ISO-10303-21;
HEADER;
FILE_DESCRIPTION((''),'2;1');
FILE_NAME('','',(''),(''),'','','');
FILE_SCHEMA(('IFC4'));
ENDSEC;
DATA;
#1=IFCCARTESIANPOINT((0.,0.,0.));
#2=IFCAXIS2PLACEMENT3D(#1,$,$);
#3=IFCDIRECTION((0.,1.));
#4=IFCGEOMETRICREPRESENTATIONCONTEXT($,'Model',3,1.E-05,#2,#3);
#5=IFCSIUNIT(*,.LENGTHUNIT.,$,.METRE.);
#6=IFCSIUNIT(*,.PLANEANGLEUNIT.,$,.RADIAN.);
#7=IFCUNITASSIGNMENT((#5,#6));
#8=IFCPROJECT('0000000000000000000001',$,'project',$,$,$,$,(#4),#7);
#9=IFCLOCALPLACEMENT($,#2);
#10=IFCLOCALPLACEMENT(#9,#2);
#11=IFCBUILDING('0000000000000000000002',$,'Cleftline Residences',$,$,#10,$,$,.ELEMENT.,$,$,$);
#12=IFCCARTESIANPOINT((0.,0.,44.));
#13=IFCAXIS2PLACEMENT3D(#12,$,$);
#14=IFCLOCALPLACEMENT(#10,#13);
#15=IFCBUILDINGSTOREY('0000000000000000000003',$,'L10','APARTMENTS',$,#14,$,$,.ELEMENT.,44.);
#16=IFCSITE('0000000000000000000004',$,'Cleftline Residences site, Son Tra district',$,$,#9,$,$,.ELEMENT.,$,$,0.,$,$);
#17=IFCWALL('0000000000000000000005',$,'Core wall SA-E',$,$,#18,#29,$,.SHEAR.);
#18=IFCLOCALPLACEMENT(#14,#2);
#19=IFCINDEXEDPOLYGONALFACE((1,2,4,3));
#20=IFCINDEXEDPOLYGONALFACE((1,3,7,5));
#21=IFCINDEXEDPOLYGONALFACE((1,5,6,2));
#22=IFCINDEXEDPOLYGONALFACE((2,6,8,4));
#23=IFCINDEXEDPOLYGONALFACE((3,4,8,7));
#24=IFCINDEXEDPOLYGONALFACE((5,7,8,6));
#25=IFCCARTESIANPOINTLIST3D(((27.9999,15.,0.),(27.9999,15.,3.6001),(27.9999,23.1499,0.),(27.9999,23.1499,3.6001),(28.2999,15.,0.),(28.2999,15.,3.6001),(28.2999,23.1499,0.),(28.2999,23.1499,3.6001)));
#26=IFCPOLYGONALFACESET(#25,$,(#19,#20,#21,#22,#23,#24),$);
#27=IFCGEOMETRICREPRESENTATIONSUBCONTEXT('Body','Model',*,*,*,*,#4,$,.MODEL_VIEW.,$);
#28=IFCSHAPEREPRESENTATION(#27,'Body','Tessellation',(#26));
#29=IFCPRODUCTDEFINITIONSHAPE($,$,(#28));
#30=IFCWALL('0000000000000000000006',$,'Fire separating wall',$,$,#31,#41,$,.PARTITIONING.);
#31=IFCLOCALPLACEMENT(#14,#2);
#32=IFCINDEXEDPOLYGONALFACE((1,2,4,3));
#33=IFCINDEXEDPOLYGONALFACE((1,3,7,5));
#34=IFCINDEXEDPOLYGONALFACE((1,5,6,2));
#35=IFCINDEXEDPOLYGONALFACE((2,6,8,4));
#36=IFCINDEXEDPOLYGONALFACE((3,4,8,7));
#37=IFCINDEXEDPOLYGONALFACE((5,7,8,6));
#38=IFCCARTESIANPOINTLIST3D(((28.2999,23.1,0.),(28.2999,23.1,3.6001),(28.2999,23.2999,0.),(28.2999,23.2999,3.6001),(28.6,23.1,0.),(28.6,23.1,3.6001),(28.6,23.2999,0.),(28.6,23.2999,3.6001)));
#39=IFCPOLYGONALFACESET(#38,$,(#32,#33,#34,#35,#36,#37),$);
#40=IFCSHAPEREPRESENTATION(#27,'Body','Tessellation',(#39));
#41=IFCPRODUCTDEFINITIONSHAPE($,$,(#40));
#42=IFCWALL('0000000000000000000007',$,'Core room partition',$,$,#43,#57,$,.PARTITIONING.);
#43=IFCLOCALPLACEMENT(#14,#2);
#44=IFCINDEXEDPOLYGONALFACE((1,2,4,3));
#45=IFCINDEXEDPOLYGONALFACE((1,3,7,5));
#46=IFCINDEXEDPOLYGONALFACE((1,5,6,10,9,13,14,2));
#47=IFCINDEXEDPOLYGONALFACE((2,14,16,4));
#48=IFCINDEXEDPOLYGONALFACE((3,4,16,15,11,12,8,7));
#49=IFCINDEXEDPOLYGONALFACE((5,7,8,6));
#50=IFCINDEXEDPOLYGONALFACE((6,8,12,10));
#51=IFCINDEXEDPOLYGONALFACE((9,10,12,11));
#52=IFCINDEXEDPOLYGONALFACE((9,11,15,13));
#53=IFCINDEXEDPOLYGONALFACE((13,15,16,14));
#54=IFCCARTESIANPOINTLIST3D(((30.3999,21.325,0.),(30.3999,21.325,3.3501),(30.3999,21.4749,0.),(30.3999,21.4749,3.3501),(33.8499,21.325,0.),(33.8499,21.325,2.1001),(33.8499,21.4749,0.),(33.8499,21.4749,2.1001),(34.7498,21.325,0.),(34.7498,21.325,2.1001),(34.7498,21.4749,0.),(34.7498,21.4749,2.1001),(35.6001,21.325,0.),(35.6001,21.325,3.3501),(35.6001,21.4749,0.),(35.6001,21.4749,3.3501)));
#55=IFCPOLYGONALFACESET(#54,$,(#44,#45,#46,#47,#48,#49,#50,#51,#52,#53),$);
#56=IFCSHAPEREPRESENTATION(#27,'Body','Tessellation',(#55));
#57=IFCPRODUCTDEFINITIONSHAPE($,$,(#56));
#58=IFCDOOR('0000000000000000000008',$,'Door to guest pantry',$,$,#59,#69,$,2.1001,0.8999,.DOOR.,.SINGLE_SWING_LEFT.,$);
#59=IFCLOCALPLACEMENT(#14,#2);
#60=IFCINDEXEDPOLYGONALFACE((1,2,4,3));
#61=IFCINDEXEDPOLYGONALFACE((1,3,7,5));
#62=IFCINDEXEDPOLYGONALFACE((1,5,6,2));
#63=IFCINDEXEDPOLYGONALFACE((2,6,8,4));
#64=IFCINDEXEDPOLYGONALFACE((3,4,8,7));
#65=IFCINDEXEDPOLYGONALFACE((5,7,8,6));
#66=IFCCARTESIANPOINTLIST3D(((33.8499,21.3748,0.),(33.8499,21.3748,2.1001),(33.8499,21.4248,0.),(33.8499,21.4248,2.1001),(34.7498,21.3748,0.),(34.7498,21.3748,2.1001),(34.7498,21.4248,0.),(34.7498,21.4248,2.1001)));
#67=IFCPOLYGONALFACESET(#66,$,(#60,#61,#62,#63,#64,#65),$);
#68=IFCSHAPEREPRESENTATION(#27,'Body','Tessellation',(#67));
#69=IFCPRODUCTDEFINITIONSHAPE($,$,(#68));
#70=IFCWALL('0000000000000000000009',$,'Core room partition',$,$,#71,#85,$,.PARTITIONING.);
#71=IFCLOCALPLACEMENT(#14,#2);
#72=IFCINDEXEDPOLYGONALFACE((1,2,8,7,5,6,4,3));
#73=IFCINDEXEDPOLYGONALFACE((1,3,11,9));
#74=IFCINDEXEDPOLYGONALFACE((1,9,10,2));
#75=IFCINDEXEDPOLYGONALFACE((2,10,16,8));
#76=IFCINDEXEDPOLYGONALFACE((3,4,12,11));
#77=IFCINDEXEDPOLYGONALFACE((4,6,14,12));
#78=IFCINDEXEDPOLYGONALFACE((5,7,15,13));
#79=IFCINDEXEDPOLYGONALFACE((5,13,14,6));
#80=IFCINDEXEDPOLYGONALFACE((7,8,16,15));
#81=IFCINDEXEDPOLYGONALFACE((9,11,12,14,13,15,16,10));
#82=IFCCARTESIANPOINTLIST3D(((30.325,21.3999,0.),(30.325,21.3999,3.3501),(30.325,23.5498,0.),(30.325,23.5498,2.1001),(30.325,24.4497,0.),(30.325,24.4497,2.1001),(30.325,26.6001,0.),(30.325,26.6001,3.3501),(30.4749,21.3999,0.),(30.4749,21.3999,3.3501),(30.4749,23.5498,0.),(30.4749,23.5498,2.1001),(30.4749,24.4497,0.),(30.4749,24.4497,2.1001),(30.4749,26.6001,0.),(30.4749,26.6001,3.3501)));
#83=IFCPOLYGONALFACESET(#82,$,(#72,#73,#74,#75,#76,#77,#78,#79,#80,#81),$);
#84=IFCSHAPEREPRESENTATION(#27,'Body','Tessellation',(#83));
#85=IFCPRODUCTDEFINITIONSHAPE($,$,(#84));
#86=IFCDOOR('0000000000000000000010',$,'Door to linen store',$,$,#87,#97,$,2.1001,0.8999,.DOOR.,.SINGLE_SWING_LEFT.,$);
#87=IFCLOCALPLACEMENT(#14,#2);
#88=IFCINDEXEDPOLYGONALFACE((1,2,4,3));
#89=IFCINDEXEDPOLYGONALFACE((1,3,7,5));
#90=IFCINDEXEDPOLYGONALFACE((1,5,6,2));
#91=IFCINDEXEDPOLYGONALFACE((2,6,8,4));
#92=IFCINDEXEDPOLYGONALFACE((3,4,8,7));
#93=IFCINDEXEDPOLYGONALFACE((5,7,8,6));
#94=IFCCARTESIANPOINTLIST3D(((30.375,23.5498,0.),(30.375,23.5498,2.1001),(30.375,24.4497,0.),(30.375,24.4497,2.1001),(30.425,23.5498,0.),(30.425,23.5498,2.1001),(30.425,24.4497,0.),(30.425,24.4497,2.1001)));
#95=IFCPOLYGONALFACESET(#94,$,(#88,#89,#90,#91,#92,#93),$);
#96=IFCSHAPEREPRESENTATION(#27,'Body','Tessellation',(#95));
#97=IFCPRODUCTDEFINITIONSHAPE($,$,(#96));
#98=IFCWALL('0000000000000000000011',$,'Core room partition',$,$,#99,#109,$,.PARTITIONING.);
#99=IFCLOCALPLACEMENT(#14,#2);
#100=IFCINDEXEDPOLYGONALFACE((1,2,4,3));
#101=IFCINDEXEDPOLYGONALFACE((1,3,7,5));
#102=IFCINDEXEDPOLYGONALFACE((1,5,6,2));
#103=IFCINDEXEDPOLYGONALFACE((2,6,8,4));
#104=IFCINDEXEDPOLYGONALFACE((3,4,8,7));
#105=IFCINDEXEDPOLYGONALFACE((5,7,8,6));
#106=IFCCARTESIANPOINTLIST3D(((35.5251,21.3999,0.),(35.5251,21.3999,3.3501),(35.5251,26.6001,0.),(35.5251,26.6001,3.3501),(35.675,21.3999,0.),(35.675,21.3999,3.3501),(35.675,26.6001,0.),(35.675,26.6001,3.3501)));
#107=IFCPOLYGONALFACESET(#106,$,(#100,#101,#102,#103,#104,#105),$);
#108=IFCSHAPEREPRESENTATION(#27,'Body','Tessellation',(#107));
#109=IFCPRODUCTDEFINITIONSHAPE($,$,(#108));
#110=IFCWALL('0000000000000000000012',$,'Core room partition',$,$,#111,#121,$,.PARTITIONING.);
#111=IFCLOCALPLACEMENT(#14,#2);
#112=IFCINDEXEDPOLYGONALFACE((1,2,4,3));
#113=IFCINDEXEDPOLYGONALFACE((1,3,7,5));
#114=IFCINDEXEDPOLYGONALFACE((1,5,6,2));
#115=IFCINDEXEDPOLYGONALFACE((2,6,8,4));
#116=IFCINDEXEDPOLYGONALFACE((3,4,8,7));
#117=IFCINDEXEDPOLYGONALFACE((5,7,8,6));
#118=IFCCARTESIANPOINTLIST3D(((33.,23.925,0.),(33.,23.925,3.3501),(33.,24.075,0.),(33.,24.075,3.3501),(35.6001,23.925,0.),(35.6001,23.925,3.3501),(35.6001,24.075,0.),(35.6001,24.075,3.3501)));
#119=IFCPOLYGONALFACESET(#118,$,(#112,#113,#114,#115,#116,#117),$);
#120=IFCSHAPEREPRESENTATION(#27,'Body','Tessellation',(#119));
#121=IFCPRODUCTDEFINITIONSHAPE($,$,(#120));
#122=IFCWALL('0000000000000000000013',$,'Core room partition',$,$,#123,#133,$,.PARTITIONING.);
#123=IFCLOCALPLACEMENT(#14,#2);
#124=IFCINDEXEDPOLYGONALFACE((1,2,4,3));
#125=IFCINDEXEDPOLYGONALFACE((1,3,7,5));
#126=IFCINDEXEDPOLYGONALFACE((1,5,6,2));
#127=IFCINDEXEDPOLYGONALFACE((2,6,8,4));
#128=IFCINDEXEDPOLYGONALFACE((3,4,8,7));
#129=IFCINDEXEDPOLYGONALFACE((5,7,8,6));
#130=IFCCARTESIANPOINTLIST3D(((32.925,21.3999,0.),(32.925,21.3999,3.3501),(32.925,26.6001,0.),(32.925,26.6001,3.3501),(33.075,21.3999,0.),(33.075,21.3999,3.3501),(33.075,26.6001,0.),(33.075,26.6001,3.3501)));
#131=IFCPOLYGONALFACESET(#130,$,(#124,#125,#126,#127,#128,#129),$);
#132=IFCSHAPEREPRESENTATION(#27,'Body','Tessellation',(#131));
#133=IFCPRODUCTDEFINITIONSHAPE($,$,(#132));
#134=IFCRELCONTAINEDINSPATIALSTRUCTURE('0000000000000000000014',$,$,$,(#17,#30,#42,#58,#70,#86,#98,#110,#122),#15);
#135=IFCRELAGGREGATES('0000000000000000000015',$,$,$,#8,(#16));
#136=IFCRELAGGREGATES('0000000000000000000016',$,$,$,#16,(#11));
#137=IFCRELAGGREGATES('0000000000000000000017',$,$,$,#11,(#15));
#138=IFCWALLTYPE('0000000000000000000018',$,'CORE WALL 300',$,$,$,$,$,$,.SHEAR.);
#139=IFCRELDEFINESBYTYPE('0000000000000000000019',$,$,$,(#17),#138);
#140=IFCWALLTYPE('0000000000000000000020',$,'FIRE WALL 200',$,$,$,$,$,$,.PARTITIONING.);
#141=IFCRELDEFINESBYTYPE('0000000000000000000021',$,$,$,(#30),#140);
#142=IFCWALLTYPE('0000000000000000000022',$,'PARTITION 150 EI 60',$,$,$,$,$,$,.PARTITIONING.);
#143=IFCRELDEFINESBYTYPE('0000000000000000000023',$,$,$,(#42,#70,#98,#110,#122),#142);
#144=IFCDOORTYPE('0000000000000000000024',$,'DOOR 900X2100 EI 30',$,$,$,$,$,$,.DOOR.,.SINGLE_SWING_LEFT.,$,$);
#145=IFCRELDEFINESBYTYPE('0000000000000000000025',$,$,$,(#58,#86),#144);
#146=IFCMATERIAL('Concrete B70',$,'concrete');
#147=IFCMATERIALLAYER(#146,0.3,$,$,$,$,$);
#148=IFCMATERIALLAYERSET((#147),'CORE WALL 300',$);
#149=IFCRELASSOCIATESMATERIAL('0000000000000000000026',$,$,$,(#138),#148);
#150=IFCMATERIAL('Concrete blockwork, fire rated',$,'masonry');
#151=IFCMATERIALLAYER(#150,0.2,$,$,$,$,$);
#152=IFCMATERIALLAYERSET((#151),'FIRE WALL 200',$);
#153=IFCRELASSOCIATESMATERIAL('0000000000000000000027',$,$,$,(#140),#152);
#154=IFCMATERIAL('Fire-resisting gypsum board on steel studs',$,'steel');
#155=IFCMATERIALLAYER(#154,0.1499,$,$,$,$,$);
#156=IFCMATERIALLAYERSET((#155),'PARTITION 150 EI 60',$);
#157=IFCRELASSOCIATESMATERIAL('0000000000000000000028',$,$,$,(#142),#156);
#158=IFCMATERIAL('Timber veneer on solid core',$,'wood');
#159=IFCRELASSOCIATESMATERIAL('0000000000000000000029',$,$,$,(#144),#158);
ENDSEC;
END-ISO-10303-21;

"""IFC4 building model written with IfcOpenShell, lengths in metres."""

from ifc_helpers import new_model, si_unit, direction, frame, frame_2d, origin, place, context, subcontext, project, spatial, rectangle, extrude, material, layer, layer_set, type_object, element, fill, save


model = new_model("IFC4")

# Units and contexts
model_context = context("Model", 3, precision=1e-05, world=origin(), true_north=direction((0.0, 1.0)))
body_context = subcontext(model_context, "Body", "Model", "MODEL_VIEW")
ifc_project = project(units=[si_unit("LENGTHUNIT", "METRE"), si_unit("PLANEANGLEUNIT", "RADIAN")], contexts=[model_context])

# Site, building, storey
site_placement = place(None, origin())
site = spatial("IfcSite", under=ifc_project, at=site_placement, Name="Cleftline Residences site, Son Tra district", CompositionType="ELEMENT", RefElevation=0.0)
building_placement = place(site_placement, origin())
building = spatial("IfcBuilding", under=site, at=building_placement, Name="Cleftline Residences", CompositionType="ELEMENT")
storey_placement = place(building_placement, frame((0.0, 0.0, 44.0)))
storey = spatial("IfcBuildingStorey", under=building, at=storey_placement, Name="L10", Description="APARTMENTS", CompositionType="ELEMENT", Elevation=44.0)

# Walls
ifc_material_1 = material(Name="Concrete B70", Category="concrete")
ifc_layer_1 = layer(ifc_material_1, 0.3)
ifc_layer_set_1 = layer_set([ifc_layer_1], Name="CORE WALL 300")
wall_type_1 = type_object("IfcWallType", Name="CORE WALL 300", PredefinedType="SHEAR", material=ifc_layer_set_1)
wall_1_placement = place(storey_placement, frame((28.1499, 15.0, 0.0), z_axis=(0.0, 0.0, 1.0), x_axis=(0.0, 1.0, 0.0)))
element("IfcWall", 1, at=wall_1_placement, inside=storey, type_object=wall_type_1, Name="Core wall SA-E", PredefinedType="SHEAR", context=body_context, shape_type="SweptSolid", body=[
    extrude(rectangle(XDim=8.1499, YDim=0.3, at=frame_2d((4.075, 0.0))), origin(), (0.0, 0.0, 1.0), 3.6001),
])
ifc_material_2 = material(Name="Concrete blockwork, fire rated", Category="masonry")
ifc_layer_2 = layer(ifc_material_2, 0.2)
ifc_layer_set_2 = layer_set([ifc_layer_2], Name="FIRE WALL 200")
wall_type_2 = type_object("IfcWallType", Name="FIRE WALL 200", PredefinedType="PARTITIONING", material=ifc_layer_set_2)
wall_2_placement = place(storey_placement, frame((28.3, 23.2, 0.0), z_axis=(0.0, 0.0, 1.0), x_axis=(1.0, 0.0, 0.0)))
element("IfcWall", 2, at=wall_2_placement, inside=storey, type_object=wall_type_2, Name="Fire separating wall", PredefinedType="PARTITIONING", context=body_context, shape_type="SweptSolid", body=[
    extrude(rectangle(XDim=0.3, YDim=0.2, at=frame_2d((0.1499, 0.0))), origin(), (0.0, 0.0, 1.0), 3.6001),
])

# Walls, openings, doors
ifc_material_3 = material(Name="Fire-resisting gypsum board on steel studs", Category="steel")
ifc_layer_3 = layer(ifc_material_3, 0.1499)
ifc_layer_set_3 = layer_set([ifc_layer_3], Name="PARTITION 150 EI 60")
wall_type_3 = type_object("IfcWallType", Name="PARTITION 150 EI 60", PredefinedType="PARTITIONING", material=ifc_layer_set_3)
wall_3_placement = place(storey_placement, frame((30.3999, 21.3999, 0.0), z_axis=(0.0, 0.0, 1.0), x_axis=(1.0, 0.0, 0.0)))
wall_3 = element("IfcWall", 3, at=wall_3_placement, inside=storey, type_object=wall_type_3, Name="Core room partition", PredefinedType="PARTITIONING", context=body_context, shape_type="SweptSolid", body=[
    extrude(rectangle(XDim=5.2002, YDim=0.1499, at=frame_2d((2.6001, 0.0))), origin(), (0.0, 0.0, 1.0), 3.3501),
])
opening_1_placement = place(wall_3_placement, frame((3.45, 0.0, 0.0)))
opening_1 = element("IfcOpeningElement", 4, at=opening_1_placement, cuts=wall_3, PredefinedType="OPENING", context=body_context, shape_type="SweptSolid", body=[
    extrude(rectangle(XDim=0.8999, YDim=2.1001, at=frame_2d((0.45, 1.05))), frame((0.0, 0.085, 0.0), z_axis=(0.0, -1.0, 0.0), x_axis=(1.0, 0.0, 0.0)), (0.0, 0.0, 1.0), 0.1699),
])
ifc_material_4 = material(Name="Timber veneer on solid core", Category="wood")
door_type_1 = type_object("IfcDoorType", Name="DOOR 900X2100 EI 30", OperationType="SINGLE_SWING_LEFT", PredefinedType="DOOR", material=ifc_material_4)
door_1_placement = place(opening_1_placement, origin())
door_1 = element("IfcDoor", 5, at=door_1_placement, inside=storey, type_object=door_type_1, Name="Door to guest pantry", OperationType="SINGLE_SWING_LEFT", OverallHeight=2.1001, OverallWidth=0.8999, PredefinedType="DOOR", context=body_context, shape_type="SweptSolid", body=[
    extrude(rectangle(XDim=0.8999, YDim=2.1001, at=frame_2d((0.45, 1.05))), frame((0.0, 0.0249, 0.0), z_axis=(0.0, -1.0, 0.0), x_axis=(1.0, 0.0, 0.0)), (0.0, 0.0, 1.0), 0.05),
])
fill(opening_1, door_1)
wall_4_placement = place(storey_placement, frame((30.3999, 21.3999, 0.0), z_axis=(0.0, 0.0, 1.0), x_axis=(0.0, 1.0, 0.0)))
wall_4 = element("IfcWall", 6, at=wall_4_placement, inside=storey, type_object=wall_type_3, Name="Core room partition", PredefinedType="PARTITIONING", context=body_context, shape_type="SweptSolid", body=[
    extrude(rectangle(XDim=5.2002, YDim=0.1499, at=frame_2d((2.6001, 0.0))), origin(), (0.0, 0.0, 1.0), 3.3501),
])
opening_2_placement = place(wall_4_placement, frame((2.1499, 0.0, 0.0)))
opening_2 = element("IfcOpeningElement", 7, at=opening_2_placement, cuts=wall_4, PredefinedType="OPENING", context=body_context, shape_type="SweptSolid", body=[
    extrude(rectangle(XDim=0.8999, YDim=2.1001, at=frame_2d((0.45, 1.05))), frame((0.0, 0.085, 0.0), z_axis=(0.0, -1.0, 0.0), x_axis=(1.0, 0.0, 0.0)), (0.0, 0.0, 1.0), 0.1699),
])
door_2_placement = place(opening_2_placement, origin())
door_2 = element("IfcDoor", 8, at=door_2_placement, inside=storey, type_object=door_type_1, Name="Door to linen store", OperationType="SINGLE_SWING_LEFT", OverallHeight=2.1001, OverallWidth=0.8999, PredefinedType="DOOR", context=body_context, shape_type="SweptSolid", body=[
    extrude(rectangle(XDim=0.8999, YDim=2.1001, at=frame_2d((0.45, 1.05))), frame((0.0, 0.0249, 0.0), z_axis=(0.0, -1.0, 0.0), x_axis=(1.0, 0.0, 0.0)), (0.0, 0.0, 1.0), 0.05),
])
fill(opening_2, door_2)

# Walls
wall_5_placement = place(storey_placement, frame((35.6001, 21.3999, 0.0), z_axis=(0.0, 0.0, 1.0), x_axis=(0.0, 1.0, 0.0)))
element("IfcWall", 9, at=wall_5_placement, inside=storey, type_object=wall_type_3, Name="Core room partition", PredefinedType="PARTITIONING", context=body_context, shape_type="SweptSolid", body=[
    extrude(rectangle(XDim=5.2002, YDim=0.1499, at=frame_2d((2.6001, 0.0))), origin(), (0.0, 0.0, 1.0), 3.3501),
])
wall_6_placement = place(storey_placement, frame((33.0, 24.0, 0.0), z_axis=(0.0, 0.0, 1.0), x_axis=(1.0, 0.0, 0.0)))
element("IfcWall", 10, at=wall_6_placement, inside=storey, type_object=wall_type_3, Name="Core room partition", PredefinedType="PARTITIONING", context=body_context, shape_type="SweptSolid", body=[
    extrude(rectangle(XDim=2.6001, YDim=0.1499, at=frame_2d((1.3, 0.0))), origin(), (0.0, 0.0, 1.0), 3.3501),
])
wall_7_placement = place(storey_placement, frame((33.0, 21.3999, 0.0), z_axis=(0.0, 0.0, 1.0), x_axis=(0.0, 1.0, 0.0)))
element("IfcWall", 11, at=wall_7_placement, inside=storey, type_object=wall_type_3, Name="Core room partition", PredefinedType="PARTITIONING", context=body_context, shape_type="SweptSolid", body=[
    extrude(rectangle(XDim=5.2002, YDim=0.1499, at=frame_2d((2.6001, 0.0))), origin(), (0.0, 0.0, 1.0), 3.3501),
])

save(model, "model.ifc")
